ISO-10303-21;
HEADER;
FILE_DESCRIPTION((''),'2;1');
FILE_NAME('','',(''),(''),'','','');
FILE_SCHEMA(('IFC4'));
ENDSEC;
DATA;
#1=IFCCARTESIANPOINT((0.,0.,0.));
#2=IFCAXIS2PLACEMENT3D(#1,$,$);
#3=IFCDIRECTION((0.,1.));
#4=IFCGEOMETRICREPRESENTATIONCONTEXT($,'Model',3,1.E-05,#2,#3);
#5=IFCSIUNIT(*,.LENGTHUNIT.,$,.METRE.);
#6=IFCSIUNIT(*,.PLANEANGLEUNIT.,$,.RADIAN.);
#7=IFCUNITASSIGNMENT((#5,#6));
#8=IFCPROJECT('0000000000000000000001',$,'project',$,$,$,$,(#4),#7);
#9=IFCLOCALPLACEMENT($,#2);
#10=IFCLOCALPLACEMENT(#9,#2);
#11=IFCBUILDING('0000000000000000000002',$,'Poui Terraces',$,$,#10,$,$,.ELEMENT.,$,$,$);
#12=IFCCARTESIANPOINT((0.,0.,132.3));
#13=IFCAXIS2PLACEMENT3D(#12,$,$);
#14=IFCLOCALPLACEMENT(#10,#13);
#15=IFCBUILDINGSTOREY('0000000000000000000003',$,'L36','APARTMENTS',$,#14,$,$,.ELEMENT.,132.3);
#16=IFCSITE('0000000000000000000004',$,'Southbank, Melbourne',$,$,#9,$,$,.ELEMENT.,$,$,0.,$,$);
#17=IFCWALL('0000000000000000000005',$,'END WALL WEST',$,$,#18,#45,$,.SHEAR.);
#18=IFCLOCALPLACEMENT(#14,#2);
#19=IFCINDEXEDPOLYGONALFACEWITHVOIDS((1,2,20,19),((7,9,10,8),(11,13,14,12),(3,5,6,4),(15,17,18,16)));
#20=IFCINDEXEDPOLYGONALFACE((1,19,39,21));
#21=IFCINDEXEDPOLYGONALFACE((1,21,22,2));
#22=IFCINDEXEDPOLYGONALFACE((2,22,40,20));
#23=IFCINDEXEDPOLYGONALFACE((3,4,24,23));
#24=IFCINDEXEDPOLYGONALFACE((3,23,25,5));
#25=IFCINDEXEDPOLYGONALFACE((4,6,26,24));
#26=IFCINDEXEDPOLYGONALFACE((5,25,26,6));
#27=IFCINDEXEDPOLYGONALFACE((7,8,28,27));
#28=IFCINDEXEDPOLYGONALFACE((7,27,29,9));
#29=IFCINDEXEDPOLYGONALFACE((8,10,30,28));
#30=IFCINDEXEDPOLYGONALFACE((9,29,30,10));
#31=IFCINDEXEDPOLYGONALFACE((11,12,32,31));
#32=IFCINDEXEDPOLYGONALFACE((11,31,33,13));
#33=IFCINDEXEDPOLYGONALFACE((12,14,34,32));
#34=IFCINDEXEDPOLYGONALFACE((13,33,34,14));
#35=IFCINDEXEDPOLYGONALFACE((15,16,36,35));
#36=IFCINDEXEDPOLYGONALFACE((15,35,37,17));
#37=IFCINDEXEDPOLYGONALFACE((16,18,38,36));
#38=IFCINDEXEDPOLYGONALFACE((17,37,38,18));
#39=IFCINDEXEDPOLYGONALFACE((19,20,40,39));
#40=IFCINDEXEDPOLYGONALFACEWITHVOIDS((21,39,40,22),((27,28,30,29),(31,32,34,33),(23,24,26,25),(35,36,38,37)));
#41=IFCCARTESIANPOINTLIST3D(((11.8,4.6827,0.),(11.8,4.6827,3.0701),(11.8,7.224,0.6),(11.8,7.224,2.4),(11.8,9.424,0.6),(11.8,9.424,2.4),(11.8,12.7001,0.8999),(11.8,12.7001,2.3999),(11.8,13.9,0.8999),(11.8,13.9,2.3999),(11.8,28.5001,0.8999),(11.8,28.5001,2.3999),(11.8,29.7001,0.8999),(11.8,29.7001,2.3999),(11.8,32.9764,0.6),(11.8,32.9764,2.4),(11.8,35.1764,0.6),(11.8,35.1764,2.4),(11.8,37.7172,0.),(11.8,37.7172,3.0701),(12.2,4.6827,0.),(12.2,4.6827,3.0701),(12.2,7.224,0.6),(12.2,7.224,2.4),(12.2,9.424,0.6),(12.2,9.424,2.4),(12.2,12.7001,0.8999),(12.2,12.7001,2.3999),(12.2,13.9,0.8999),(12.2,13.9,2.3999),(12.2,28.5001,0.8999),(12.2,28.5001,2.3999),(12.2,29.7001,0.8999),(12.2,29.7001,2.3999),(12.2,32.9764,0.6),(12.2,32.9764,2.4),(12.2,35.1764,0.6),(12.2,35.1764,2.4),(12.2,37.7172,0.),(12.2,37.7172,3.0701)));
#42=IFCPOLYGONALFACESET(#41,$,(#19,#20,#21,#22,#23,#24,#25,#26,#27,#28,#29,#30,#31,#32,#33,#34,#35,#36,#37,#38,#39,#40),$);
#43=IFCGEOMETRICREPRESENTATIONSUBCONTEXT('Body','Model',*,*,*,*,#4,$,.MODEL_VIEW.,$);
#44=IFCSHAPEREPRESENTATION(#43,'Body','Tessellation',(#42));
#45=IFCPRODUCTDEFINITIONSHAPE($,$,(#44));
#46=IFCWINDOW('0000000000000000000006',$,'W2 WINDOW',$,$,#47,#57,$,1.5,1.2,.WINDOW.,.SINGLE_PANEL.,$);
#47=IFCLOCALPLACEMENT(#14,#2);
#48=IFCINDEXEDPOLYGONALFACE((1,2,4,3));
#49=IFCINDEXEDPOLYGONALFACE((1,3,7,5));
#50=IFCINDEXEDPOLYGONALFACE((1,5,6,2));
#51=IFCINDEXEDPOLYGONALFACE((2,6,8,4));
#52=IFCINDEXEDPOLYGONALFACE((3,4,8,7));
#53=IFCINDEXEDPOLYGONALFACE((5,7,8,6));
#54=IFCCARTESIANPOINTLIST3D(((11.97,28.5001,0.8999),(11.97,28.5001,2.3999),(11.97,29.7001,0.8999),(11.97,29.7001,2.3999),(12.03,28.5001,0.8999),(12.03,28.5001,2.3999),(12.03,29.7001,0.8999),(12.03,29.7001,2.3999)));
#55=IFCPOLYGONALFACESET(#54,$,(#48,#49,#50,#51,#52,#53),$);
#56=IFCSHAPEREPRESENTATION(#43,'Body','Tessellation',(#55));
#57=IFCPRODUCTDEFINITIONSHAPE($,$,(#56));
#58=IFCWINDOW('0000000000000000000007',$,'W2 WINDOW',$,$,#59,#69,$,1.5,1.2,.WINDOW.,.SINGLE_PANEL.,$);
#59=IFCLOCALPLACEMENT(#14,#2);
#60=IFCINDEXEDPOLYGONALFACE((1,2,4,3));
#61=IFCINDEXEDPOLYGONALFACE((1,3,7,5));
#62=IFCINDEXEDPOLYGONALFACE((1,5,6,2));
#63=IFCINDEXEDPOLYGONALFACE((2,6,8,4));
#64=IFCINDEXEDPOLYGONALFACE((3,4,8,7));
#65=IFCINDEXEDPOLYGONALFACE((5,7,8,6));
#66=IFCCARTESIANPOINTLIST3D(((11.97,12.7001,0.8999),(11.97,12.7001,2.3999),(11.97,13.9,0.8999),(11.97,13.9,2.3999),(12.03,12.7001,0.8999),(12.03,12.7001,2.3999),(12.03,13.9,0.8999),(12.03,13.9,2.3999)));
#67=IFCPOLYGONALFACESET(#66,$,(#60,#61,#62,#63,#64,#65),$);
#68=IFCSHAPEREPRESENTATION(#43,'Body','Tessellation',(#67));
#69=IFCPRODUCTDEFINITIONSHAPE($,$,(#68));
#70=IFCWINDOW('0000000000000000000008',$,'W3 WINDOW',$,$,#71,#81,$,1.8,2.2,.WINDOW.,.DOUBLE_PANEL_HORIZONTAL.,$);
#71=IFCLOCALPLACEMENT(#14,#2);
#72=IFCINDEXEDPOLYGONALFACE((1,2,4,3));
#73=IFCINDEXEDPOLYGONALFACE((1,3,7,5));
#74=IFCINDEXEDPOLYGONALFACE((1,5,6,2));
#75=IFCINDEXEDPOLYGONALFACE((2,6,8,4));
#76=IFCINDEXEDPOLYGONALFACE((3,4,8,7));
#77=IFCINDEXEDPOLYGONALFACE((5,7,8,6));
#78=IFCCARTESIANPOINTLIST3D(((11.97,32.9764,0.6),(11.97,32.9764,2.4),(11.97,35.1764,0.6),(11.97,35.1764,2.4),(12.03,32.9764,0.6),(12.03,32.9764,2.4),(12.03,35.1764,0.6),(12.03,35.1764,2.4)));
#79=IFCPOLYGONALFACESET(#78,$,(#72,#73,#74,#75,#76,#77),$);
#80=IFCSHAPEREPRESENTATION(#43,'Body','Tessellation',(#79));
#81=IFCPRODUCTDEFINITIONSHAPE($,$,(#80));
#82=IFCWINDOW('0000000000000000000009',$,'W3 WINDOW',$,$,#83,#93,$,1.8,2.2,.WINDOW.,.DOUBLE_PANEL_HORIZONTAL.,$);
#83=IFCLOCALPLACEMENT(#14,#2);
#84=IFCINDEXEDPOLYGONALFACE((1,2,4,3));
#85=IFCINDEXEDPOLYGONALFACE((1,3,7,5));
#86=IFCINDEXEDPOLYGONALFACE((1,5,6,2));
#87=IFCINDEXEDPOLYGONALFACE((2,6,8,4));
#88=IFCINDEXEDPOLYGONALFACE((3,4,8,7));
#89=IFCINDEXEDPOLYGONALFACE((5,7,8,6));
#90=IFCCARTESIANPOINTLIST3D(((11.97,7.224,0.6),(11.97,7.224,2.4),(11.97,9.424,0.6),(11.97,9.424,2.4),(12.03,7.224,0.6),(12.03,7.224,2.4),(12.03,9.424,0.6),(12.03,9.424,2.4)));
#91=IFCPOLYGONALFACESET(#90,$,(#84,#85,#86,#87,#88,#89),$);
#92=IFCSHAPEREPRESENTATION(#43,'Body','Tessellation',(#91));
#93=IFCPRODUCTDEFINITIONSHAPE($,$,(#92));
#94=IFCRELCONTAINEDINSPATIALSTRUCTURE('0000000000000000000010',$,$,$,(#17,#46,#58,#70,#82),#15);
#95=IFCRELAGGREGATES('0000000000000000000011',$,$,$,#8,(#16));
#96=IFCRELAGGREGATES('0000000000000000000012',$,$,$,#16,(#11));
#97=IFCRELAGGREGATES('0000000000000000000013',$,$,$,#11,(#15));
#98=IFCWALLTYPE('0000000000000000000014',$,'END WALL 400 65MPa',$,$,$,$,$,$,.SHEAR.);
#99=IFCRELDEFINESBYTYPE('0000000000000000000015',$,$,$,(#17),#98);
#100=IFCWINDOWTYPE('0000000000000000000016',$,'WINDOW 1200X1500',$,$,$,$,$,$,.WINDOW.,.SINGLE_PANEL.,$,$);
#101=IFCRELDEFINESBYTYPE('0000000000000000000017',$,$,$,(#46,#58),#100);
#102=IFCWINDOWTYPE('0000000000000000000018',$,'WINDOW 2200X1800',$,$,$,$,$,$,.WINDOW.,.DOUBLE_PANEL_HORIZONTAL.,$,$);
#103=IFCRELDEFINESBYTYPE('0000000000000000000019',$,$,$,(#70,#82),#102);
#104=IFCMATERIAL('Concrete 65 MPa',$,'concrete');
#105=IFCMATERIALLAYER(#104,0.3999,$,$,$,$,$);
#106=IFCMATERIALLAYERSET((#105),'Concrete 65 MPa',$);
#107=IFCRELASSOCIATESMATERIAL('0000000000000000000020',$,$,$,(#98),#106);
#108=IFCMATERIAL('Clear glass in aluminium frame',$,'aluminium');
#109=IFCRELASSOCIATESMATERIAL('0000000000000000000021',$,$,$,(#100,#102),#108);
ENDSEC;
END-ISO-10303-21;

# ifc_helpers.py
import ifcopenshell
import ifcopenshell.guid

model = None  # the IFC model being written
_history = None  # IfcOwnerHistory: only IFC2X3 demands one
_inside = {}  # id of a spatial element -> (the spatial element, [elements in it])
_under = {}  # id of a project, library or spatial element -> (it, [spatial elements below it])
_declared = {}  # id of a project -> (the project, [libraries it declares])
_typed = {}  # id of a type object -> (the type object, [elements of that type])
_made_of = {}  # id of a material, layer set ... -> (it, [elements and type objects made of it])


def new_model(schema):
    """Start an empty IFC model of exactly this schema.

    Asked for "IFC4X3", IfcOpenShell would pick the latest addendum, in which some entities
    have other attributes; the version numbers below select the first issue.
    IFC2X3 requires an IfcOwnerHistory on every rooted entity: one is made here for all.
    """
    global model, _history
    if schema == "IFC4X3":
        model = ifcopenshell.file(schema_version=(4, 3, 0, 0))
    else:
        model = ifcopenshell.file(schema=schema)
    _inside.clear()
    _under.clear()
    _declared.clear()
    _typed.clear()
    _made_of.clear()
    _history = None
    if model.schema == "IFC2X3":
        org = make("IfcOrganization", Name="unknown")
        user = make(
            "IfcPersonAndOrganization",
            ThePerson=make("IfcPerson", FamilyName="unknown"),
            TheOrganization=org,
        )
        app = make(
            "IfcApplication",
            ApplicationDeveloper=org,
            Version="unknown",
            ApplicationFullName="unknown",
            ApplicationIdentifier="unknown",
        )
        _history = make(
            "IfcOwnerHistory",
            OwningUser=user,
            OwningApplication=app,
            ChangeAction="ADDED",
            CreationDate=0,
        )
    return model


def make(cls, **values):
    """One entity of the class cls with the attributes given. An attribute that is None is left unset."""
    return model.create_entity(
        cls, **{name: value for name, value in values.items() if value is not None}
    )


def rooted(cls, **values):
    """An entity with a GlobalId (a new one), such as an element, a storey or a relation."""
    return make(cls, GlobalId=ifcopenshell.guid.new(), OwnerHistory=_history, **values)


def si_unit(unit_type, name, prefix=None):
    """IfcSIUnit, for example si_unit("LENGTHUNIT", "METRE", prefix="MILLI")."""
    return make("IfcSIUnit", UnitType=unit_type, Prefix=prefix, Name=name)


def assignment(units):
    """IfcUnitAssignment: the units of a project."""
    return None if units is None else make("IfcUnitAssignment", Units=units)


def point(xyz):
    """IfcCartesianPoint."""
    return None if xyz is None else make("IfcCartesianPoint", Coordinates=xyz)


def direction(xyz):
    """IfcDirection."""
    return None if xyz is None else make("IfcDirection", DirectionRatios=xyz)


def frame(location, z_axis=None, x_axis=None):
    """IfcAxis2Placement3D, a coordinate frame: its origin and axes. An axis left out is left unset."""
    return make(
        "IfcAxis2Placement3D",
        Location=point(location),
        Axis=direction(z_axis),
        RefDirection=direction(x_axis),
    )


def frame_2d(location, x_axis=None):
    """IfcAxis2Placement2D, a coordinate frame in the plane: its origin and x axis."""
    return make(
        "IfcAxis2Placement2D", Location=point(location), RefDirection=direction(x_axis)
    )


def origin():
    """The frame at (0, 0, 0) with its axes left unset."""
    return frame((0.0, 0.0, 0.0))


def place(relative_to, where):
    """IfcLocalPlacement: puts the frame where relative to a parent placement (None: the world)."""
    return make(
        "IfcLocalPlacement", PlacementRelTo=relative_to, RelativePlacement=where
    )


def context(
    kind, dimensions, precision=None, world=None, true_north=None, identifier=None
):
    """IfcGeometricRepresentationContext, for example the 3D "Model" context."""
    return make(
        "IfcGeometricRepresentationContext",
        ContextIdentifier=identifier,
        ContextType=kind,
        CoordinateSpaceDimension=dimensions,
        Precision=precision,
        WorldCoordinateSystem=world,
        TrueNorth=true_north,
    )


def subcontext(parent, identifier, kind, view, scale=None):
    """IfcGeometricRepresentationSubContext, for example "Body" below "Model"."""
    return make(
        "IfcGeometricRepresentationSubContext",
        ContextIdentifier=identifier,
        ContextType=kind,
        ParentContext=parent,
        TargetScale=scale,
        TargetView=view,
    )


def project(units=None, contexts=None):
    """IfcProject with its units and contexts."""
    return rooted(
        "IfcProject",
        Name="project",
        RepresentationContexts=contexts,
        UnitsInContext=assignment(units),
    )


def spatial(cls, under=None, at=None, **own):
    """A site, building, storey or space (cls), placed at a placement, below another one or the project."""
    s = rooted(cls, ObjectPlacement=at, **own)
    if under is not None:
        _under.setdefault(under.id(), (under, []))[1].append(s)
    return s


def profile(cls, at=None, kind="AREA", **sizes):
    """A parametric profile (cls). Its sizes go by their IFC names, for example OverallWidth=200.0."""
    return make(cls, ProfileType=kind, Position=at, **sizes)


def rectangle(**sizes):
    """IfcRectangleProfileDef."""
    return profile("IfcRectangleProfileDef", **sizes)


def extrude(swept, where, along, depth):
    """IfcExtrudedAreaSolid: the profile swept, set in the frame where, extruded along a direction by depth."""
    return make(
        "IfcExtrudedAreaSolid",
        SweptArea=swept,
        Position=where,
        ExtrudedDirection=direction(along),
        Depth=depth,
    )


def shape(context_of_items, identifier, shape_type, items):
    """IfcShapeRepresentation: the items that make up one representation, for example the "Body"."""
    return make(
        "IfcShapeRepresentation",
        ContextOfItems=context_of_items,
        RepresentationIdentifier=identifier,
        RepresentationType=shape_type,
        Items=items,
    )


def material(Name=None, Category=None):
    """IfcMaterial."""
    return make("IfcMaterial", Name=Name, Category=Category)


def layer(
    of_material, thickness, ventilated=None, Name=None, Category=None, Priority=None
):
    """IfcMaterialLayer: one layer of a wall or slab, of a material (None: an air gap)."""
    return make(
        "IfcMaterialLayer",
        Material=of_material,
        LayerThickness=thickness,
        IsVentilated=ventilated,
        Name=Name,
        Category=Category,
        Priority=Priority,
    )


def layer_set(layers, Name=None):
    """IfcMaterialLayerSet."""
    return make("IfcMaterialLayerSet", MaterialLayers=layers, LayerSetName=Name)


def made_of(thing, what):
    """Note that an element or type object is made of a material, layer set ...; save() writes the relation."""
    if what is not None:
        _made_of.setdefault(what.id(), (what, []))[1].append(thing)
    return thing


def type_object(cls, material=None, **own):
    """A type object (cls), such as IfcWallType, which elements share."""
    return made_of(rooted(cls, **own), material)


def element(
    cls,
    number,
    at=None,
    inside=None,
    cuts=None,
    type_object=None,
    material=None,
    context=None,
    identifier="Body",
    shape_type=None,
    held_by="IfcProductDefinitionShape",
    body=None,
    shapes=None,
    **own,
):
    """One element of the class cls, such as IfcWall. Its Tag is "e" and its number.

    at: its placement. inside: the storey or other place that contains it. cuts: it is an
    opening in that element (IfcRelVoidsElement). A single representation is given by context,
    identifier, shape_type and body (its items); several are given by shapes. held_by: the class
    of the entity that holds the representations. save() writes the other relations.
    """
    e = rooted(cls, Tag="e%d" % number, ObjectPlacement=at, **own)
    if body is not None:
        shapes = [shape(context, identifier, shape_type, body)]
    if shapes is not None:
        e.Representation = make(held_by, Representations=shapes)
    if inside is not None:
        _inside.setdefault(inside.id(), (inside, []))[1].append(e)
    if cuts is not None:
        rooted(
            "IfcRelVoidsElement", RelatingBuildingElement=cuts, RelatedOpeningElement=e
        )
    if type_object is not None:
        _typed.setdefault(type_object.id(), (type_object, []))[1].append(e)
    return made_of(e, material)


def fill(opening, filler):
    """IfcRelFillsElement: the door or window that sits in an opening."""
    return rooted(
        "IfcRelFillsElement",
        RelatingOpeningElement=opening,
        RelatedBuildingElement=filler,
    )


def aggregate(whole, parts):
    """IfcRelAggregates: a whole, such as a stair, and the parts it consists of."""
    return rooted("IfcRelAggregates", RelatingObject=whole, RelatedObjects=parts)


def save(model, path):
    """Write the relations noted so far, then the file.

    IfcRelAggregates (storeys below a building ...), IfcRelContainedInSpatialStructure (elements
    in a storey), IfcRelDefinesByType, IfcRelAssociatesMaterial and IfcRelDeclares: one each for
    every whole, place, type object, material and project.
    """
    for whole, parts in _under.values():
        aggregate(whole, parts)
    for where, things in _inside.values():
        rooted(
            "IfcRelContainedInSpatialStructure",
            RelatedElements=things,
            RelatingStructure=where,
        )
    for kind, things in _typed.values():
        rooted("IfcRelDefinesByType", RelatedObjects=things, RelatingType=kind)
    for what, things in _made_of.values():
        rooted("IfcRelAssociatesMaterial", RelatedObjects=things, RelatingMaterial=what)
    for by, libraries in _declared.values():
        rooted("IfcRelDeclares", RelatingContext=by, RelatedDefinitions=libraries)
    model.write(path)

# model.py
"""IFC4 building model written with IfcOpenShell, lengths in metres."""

from ifc_helpers import new_model, si_unit, direction, frame, frame_2d, origin, place, context, subcontext, project, spatial, rectangle, extrude, material, layer, layer_set, type_object, element, fill, save


model = new_model("IFC4")

# Units and contexts
model_context = context("Model", 3, precision=1e-05, world=origin(), true_north=direction((0.0, 1.0)))
body_context = subcontext(model_context, "Body", "Model", "MODEL_VIEW")
ifc_project = project(units=[si_unit("LENGTHUNIT", "METRE"), si_unit("PLANEANGLEUNIT", "RADIAN")], contexts=[model_context])

# Site, building, storey
site_placement = place(None, origin())
site = spatial("IfcSite", under=ifc_project, at=site_placement, Name="Southbank, Melbourne", CompositionType="ELEMENT", RefElevation=0.0)
building_placement = place(site_placement, origin())
building = spatial("IfcBuilding", under=site, at=building_placement, Name="Poui Terraces", CompositionType="ELEMENT")
storey_placement = place(building_placement, frame((0.0, 0.0, 132.3)))
storey = spatial("IfcBuildingStorey", under=building, at=storey_placement, Name="L36", Description="APARTMENTS", CompositionType="ELEMENT", Elevation=132.3)

# Shared definitions
ifc_material_1 = material(Name="Concrete 65 MPa", Category="concrete")

# Wall, openings, windows
ifc_layer_1 = layer(ifc_material_1, 0.3999)
ifc_layer_set_1 = layer_set([ifc_layer_1], Name="Concrete 65 MPa")
wall_type = type_object("IfcWallType", Name="END WALL 400 65MPa", PredefinedType="SHEAR", material=ifc_layer_set_1)
wall_placement = place(storey_placement, frame((12.0, 4.6829, 0.0), z_axis=(0.0, 0.0, 1.0), x_axis=(0.0, 1.0, 0.0)))
wall = element("IfcWall", 1, at=wall_placement, inside=storey, type_object=wall_type, Name="END WALL WEST", PredefinedType="SHEAR", context=body_context, shape_type="SweptSolid", body=[
    extrude(rectangle(XDim=33.0344, YDim=0.3999, at=frame_2d((16.5171, 0.0))), origin(), (0.0, 0.0, 1.0), 3.0701),
])
opening_1_placement = place(wall_placement, frame((23.8171, 0.0, 0.8999)))
opening_1 = element("IfcOpeningElement", 2, at=opening_1_placement, cuts=wall, PredefinedType="OPENING", context=body_context, shape_type="SweptSolid", body=[
    extrude(rectangle(XDim=1.2, YDim=1.5, at=frame_2d((0.6001, 0.75))), frame((0.0, 0.21, 0.0), z_axis=(0.0, -1.0, 0.0), x_axis=(1.0, 0.0, 0.0)), (0.0, 0.0, 1.0), 0.4199),
])
opening_2_placement = place(wall_placement, frame((8.0171, 0.0, 0.8999)))
opening_2 = element("IfcOpeningElement", 3, at=opening_2_placement, cuts=wall, PredefinedType="OPENING", context=body_context, shape_type="SweptSolid", body=[
    extrude(rectangle(XDim=1.2, YDim=1.5, at=frame_2d((0.6001, 0.75))), frame((0.0, 0.21, 0.0), z_axis=(0.0, -1.0, 0.0), x_axis=(1.0, 0.0, 0.0)), (0.0, 0.0, 1.0), 0.4199),
])
opening_3_placement = place(wall_placement, frame((28.2935, 0.0, 0.6001)))
opening_3 = element("IfcOpeningElement", 4, at=opening_3_placement, cuts=wall, PredefinedType="OPENING", context=body_context, shape_type="SweptSolid", body=[
    extrude(rectangle(XDim=2.2, YDim=1.8, at=frame_2d((1.1001, 0.8999))), frame((0.0, 0.21, 0.0), z_axis=(0.0, -1.0, 0.0), x_axis=(1.0, 0.0, 0.0)), (0.0, 0.0, 1.0), 0.4199),
])
opening_4_placement = place(wall_placement, frame((2.541, 0.0, 0.6001)))
opening_4 = element("IfcOpeningElement", 5, at=opening_4_placement, cuts=wall, PredefinedType="OPENING", context=body_context, shape_type="SweptSolid", body=[
    extrude(rectangle(XDim=2.2, YDim=1.8, at=frame_2d((1.1001, 0.8999))), frame((0.0, 0.21, 0.0), z_axis=(0.0, -1.0, 0.0), x_axis=(1.0, 0.0, 0.0)), (0.0, 0.0, 1.0), 0.4199),
])
ifc_material_2 = material(Name="Clear glass in aluminium frame", Category="aluminium")
window_type_1 = type_object("IfcWindowType", Name="WINDOW 1200X1500", PartitioningType="SINGLE_PANEL", PredefinedType="WINDOW", material=ifc_material_2)
window_1_placement = place(opening_1_placement, origin())
window_1 = element("IfcWindow", 6, at=window_1_placement, inside=storey, type_object=window_type_1, Name="W2 WINDOW", OverallHeight=1.5, OverallWidth=1.2, PartitioningType="SINGLE_PANEL", PredefinedType="WINDOW", context=body_context, shape_type="SweptSolid", body=[
    extrude(rectangle(XDim=1.2, YDim=1.5, at=frame_2d((0.6001, 0.75))), frame((0.0, 0.03, 0.0), z_axis=(0.0, -1.0, 0.0), x_axis=(1.0, 0.0, 0.0)), (0.0, 0.0, 1.0), 0.0601),
])
fill(opening_1, window_1)
window_2_placement = place(opening_2_placement, origin())
window_2 = element("IfcWindow", 7, at=window_2_placement, inside=storey, type_object=window_type_1, Name="W2 WINDOW", OverallHeight=1.5, OverallWidth=1.2, PartitioningType="SINGLE_PANEL", PredefinedType="WINDOW", context=body_context, shape_type="SweptSolid", body=[
    extrude(rectangle(XDim=1.2, YDim=1.5, at=frame_2d((0.6001, 0.75))), frame((0.0, 0.03, 0.0), z_axis=(0.0, -1.0, 0.0), x_axis=(1.0, 0.0, 0.0)), (0.0, 0.0, 1.0), 0.0601),
])
fill(opening_2, window_2)
window_type_2 = type_object("IfcWindowType", Name="WINDOW 2200X1800", PartitioningType="DOUBLE_PANEL_HORIZONTAL", PredefinedType="WINDOW", material=ifc_material_2)
window_3_placement = place(opening_3_placement, origin())
window_3 = element("IfcWindow", 8, at=window_3_placement, inside=storey, type_object=window_type_2, Name="W3 WINDOW", OverallHeight=1.8, OverallWidth=2.2, PartitioningType="DOUBLE_PANEL_HORIZONTAL", PredefinedType="WINDOW", context=body_context, shape_type="SweptSolid", body=[
    extrude(rectangle(XDim=2.2, YDim=1.8, at=frame_2d((1.1001, 0.8999))), frame((0.0, 0.03, 0.0), z_axis=(0.0, -1.0, 0.0), x_axis=(1.0, 0.0, 0.0)), (0.0, 0.0, 1.0), 0.0601),
])
fill(opening_3, window_3)
window_4_placement = place(opening_4_placement, origin())
window_4 = element("IfcWindow", 9, at=window_4_placement, inside=storey, type_object=window_type_2, Name="W3 WINDOW", OverallHeight=1.8, OverallWidth=2.2, PartitioningType="DOUBLE_PANEL_HORIZONTAL", PredefinedType="WINDOW", context=body_context, shape_type="SweptSolid", body=[
    extrude(rectangle(XDim=2.2, YDim=1.8, at=frame_2d((1.1001, 0.8999))), frame((0.0, 0.03, 0.0), z_axis=(0.0, -1.0, 0.0), x_axis=(1.0, 0.0, 0.0)), (0.0, 0.0, 1.0), 0.0601),
])
fill(opening_4, window_4)

save(model, "model.ifc")
